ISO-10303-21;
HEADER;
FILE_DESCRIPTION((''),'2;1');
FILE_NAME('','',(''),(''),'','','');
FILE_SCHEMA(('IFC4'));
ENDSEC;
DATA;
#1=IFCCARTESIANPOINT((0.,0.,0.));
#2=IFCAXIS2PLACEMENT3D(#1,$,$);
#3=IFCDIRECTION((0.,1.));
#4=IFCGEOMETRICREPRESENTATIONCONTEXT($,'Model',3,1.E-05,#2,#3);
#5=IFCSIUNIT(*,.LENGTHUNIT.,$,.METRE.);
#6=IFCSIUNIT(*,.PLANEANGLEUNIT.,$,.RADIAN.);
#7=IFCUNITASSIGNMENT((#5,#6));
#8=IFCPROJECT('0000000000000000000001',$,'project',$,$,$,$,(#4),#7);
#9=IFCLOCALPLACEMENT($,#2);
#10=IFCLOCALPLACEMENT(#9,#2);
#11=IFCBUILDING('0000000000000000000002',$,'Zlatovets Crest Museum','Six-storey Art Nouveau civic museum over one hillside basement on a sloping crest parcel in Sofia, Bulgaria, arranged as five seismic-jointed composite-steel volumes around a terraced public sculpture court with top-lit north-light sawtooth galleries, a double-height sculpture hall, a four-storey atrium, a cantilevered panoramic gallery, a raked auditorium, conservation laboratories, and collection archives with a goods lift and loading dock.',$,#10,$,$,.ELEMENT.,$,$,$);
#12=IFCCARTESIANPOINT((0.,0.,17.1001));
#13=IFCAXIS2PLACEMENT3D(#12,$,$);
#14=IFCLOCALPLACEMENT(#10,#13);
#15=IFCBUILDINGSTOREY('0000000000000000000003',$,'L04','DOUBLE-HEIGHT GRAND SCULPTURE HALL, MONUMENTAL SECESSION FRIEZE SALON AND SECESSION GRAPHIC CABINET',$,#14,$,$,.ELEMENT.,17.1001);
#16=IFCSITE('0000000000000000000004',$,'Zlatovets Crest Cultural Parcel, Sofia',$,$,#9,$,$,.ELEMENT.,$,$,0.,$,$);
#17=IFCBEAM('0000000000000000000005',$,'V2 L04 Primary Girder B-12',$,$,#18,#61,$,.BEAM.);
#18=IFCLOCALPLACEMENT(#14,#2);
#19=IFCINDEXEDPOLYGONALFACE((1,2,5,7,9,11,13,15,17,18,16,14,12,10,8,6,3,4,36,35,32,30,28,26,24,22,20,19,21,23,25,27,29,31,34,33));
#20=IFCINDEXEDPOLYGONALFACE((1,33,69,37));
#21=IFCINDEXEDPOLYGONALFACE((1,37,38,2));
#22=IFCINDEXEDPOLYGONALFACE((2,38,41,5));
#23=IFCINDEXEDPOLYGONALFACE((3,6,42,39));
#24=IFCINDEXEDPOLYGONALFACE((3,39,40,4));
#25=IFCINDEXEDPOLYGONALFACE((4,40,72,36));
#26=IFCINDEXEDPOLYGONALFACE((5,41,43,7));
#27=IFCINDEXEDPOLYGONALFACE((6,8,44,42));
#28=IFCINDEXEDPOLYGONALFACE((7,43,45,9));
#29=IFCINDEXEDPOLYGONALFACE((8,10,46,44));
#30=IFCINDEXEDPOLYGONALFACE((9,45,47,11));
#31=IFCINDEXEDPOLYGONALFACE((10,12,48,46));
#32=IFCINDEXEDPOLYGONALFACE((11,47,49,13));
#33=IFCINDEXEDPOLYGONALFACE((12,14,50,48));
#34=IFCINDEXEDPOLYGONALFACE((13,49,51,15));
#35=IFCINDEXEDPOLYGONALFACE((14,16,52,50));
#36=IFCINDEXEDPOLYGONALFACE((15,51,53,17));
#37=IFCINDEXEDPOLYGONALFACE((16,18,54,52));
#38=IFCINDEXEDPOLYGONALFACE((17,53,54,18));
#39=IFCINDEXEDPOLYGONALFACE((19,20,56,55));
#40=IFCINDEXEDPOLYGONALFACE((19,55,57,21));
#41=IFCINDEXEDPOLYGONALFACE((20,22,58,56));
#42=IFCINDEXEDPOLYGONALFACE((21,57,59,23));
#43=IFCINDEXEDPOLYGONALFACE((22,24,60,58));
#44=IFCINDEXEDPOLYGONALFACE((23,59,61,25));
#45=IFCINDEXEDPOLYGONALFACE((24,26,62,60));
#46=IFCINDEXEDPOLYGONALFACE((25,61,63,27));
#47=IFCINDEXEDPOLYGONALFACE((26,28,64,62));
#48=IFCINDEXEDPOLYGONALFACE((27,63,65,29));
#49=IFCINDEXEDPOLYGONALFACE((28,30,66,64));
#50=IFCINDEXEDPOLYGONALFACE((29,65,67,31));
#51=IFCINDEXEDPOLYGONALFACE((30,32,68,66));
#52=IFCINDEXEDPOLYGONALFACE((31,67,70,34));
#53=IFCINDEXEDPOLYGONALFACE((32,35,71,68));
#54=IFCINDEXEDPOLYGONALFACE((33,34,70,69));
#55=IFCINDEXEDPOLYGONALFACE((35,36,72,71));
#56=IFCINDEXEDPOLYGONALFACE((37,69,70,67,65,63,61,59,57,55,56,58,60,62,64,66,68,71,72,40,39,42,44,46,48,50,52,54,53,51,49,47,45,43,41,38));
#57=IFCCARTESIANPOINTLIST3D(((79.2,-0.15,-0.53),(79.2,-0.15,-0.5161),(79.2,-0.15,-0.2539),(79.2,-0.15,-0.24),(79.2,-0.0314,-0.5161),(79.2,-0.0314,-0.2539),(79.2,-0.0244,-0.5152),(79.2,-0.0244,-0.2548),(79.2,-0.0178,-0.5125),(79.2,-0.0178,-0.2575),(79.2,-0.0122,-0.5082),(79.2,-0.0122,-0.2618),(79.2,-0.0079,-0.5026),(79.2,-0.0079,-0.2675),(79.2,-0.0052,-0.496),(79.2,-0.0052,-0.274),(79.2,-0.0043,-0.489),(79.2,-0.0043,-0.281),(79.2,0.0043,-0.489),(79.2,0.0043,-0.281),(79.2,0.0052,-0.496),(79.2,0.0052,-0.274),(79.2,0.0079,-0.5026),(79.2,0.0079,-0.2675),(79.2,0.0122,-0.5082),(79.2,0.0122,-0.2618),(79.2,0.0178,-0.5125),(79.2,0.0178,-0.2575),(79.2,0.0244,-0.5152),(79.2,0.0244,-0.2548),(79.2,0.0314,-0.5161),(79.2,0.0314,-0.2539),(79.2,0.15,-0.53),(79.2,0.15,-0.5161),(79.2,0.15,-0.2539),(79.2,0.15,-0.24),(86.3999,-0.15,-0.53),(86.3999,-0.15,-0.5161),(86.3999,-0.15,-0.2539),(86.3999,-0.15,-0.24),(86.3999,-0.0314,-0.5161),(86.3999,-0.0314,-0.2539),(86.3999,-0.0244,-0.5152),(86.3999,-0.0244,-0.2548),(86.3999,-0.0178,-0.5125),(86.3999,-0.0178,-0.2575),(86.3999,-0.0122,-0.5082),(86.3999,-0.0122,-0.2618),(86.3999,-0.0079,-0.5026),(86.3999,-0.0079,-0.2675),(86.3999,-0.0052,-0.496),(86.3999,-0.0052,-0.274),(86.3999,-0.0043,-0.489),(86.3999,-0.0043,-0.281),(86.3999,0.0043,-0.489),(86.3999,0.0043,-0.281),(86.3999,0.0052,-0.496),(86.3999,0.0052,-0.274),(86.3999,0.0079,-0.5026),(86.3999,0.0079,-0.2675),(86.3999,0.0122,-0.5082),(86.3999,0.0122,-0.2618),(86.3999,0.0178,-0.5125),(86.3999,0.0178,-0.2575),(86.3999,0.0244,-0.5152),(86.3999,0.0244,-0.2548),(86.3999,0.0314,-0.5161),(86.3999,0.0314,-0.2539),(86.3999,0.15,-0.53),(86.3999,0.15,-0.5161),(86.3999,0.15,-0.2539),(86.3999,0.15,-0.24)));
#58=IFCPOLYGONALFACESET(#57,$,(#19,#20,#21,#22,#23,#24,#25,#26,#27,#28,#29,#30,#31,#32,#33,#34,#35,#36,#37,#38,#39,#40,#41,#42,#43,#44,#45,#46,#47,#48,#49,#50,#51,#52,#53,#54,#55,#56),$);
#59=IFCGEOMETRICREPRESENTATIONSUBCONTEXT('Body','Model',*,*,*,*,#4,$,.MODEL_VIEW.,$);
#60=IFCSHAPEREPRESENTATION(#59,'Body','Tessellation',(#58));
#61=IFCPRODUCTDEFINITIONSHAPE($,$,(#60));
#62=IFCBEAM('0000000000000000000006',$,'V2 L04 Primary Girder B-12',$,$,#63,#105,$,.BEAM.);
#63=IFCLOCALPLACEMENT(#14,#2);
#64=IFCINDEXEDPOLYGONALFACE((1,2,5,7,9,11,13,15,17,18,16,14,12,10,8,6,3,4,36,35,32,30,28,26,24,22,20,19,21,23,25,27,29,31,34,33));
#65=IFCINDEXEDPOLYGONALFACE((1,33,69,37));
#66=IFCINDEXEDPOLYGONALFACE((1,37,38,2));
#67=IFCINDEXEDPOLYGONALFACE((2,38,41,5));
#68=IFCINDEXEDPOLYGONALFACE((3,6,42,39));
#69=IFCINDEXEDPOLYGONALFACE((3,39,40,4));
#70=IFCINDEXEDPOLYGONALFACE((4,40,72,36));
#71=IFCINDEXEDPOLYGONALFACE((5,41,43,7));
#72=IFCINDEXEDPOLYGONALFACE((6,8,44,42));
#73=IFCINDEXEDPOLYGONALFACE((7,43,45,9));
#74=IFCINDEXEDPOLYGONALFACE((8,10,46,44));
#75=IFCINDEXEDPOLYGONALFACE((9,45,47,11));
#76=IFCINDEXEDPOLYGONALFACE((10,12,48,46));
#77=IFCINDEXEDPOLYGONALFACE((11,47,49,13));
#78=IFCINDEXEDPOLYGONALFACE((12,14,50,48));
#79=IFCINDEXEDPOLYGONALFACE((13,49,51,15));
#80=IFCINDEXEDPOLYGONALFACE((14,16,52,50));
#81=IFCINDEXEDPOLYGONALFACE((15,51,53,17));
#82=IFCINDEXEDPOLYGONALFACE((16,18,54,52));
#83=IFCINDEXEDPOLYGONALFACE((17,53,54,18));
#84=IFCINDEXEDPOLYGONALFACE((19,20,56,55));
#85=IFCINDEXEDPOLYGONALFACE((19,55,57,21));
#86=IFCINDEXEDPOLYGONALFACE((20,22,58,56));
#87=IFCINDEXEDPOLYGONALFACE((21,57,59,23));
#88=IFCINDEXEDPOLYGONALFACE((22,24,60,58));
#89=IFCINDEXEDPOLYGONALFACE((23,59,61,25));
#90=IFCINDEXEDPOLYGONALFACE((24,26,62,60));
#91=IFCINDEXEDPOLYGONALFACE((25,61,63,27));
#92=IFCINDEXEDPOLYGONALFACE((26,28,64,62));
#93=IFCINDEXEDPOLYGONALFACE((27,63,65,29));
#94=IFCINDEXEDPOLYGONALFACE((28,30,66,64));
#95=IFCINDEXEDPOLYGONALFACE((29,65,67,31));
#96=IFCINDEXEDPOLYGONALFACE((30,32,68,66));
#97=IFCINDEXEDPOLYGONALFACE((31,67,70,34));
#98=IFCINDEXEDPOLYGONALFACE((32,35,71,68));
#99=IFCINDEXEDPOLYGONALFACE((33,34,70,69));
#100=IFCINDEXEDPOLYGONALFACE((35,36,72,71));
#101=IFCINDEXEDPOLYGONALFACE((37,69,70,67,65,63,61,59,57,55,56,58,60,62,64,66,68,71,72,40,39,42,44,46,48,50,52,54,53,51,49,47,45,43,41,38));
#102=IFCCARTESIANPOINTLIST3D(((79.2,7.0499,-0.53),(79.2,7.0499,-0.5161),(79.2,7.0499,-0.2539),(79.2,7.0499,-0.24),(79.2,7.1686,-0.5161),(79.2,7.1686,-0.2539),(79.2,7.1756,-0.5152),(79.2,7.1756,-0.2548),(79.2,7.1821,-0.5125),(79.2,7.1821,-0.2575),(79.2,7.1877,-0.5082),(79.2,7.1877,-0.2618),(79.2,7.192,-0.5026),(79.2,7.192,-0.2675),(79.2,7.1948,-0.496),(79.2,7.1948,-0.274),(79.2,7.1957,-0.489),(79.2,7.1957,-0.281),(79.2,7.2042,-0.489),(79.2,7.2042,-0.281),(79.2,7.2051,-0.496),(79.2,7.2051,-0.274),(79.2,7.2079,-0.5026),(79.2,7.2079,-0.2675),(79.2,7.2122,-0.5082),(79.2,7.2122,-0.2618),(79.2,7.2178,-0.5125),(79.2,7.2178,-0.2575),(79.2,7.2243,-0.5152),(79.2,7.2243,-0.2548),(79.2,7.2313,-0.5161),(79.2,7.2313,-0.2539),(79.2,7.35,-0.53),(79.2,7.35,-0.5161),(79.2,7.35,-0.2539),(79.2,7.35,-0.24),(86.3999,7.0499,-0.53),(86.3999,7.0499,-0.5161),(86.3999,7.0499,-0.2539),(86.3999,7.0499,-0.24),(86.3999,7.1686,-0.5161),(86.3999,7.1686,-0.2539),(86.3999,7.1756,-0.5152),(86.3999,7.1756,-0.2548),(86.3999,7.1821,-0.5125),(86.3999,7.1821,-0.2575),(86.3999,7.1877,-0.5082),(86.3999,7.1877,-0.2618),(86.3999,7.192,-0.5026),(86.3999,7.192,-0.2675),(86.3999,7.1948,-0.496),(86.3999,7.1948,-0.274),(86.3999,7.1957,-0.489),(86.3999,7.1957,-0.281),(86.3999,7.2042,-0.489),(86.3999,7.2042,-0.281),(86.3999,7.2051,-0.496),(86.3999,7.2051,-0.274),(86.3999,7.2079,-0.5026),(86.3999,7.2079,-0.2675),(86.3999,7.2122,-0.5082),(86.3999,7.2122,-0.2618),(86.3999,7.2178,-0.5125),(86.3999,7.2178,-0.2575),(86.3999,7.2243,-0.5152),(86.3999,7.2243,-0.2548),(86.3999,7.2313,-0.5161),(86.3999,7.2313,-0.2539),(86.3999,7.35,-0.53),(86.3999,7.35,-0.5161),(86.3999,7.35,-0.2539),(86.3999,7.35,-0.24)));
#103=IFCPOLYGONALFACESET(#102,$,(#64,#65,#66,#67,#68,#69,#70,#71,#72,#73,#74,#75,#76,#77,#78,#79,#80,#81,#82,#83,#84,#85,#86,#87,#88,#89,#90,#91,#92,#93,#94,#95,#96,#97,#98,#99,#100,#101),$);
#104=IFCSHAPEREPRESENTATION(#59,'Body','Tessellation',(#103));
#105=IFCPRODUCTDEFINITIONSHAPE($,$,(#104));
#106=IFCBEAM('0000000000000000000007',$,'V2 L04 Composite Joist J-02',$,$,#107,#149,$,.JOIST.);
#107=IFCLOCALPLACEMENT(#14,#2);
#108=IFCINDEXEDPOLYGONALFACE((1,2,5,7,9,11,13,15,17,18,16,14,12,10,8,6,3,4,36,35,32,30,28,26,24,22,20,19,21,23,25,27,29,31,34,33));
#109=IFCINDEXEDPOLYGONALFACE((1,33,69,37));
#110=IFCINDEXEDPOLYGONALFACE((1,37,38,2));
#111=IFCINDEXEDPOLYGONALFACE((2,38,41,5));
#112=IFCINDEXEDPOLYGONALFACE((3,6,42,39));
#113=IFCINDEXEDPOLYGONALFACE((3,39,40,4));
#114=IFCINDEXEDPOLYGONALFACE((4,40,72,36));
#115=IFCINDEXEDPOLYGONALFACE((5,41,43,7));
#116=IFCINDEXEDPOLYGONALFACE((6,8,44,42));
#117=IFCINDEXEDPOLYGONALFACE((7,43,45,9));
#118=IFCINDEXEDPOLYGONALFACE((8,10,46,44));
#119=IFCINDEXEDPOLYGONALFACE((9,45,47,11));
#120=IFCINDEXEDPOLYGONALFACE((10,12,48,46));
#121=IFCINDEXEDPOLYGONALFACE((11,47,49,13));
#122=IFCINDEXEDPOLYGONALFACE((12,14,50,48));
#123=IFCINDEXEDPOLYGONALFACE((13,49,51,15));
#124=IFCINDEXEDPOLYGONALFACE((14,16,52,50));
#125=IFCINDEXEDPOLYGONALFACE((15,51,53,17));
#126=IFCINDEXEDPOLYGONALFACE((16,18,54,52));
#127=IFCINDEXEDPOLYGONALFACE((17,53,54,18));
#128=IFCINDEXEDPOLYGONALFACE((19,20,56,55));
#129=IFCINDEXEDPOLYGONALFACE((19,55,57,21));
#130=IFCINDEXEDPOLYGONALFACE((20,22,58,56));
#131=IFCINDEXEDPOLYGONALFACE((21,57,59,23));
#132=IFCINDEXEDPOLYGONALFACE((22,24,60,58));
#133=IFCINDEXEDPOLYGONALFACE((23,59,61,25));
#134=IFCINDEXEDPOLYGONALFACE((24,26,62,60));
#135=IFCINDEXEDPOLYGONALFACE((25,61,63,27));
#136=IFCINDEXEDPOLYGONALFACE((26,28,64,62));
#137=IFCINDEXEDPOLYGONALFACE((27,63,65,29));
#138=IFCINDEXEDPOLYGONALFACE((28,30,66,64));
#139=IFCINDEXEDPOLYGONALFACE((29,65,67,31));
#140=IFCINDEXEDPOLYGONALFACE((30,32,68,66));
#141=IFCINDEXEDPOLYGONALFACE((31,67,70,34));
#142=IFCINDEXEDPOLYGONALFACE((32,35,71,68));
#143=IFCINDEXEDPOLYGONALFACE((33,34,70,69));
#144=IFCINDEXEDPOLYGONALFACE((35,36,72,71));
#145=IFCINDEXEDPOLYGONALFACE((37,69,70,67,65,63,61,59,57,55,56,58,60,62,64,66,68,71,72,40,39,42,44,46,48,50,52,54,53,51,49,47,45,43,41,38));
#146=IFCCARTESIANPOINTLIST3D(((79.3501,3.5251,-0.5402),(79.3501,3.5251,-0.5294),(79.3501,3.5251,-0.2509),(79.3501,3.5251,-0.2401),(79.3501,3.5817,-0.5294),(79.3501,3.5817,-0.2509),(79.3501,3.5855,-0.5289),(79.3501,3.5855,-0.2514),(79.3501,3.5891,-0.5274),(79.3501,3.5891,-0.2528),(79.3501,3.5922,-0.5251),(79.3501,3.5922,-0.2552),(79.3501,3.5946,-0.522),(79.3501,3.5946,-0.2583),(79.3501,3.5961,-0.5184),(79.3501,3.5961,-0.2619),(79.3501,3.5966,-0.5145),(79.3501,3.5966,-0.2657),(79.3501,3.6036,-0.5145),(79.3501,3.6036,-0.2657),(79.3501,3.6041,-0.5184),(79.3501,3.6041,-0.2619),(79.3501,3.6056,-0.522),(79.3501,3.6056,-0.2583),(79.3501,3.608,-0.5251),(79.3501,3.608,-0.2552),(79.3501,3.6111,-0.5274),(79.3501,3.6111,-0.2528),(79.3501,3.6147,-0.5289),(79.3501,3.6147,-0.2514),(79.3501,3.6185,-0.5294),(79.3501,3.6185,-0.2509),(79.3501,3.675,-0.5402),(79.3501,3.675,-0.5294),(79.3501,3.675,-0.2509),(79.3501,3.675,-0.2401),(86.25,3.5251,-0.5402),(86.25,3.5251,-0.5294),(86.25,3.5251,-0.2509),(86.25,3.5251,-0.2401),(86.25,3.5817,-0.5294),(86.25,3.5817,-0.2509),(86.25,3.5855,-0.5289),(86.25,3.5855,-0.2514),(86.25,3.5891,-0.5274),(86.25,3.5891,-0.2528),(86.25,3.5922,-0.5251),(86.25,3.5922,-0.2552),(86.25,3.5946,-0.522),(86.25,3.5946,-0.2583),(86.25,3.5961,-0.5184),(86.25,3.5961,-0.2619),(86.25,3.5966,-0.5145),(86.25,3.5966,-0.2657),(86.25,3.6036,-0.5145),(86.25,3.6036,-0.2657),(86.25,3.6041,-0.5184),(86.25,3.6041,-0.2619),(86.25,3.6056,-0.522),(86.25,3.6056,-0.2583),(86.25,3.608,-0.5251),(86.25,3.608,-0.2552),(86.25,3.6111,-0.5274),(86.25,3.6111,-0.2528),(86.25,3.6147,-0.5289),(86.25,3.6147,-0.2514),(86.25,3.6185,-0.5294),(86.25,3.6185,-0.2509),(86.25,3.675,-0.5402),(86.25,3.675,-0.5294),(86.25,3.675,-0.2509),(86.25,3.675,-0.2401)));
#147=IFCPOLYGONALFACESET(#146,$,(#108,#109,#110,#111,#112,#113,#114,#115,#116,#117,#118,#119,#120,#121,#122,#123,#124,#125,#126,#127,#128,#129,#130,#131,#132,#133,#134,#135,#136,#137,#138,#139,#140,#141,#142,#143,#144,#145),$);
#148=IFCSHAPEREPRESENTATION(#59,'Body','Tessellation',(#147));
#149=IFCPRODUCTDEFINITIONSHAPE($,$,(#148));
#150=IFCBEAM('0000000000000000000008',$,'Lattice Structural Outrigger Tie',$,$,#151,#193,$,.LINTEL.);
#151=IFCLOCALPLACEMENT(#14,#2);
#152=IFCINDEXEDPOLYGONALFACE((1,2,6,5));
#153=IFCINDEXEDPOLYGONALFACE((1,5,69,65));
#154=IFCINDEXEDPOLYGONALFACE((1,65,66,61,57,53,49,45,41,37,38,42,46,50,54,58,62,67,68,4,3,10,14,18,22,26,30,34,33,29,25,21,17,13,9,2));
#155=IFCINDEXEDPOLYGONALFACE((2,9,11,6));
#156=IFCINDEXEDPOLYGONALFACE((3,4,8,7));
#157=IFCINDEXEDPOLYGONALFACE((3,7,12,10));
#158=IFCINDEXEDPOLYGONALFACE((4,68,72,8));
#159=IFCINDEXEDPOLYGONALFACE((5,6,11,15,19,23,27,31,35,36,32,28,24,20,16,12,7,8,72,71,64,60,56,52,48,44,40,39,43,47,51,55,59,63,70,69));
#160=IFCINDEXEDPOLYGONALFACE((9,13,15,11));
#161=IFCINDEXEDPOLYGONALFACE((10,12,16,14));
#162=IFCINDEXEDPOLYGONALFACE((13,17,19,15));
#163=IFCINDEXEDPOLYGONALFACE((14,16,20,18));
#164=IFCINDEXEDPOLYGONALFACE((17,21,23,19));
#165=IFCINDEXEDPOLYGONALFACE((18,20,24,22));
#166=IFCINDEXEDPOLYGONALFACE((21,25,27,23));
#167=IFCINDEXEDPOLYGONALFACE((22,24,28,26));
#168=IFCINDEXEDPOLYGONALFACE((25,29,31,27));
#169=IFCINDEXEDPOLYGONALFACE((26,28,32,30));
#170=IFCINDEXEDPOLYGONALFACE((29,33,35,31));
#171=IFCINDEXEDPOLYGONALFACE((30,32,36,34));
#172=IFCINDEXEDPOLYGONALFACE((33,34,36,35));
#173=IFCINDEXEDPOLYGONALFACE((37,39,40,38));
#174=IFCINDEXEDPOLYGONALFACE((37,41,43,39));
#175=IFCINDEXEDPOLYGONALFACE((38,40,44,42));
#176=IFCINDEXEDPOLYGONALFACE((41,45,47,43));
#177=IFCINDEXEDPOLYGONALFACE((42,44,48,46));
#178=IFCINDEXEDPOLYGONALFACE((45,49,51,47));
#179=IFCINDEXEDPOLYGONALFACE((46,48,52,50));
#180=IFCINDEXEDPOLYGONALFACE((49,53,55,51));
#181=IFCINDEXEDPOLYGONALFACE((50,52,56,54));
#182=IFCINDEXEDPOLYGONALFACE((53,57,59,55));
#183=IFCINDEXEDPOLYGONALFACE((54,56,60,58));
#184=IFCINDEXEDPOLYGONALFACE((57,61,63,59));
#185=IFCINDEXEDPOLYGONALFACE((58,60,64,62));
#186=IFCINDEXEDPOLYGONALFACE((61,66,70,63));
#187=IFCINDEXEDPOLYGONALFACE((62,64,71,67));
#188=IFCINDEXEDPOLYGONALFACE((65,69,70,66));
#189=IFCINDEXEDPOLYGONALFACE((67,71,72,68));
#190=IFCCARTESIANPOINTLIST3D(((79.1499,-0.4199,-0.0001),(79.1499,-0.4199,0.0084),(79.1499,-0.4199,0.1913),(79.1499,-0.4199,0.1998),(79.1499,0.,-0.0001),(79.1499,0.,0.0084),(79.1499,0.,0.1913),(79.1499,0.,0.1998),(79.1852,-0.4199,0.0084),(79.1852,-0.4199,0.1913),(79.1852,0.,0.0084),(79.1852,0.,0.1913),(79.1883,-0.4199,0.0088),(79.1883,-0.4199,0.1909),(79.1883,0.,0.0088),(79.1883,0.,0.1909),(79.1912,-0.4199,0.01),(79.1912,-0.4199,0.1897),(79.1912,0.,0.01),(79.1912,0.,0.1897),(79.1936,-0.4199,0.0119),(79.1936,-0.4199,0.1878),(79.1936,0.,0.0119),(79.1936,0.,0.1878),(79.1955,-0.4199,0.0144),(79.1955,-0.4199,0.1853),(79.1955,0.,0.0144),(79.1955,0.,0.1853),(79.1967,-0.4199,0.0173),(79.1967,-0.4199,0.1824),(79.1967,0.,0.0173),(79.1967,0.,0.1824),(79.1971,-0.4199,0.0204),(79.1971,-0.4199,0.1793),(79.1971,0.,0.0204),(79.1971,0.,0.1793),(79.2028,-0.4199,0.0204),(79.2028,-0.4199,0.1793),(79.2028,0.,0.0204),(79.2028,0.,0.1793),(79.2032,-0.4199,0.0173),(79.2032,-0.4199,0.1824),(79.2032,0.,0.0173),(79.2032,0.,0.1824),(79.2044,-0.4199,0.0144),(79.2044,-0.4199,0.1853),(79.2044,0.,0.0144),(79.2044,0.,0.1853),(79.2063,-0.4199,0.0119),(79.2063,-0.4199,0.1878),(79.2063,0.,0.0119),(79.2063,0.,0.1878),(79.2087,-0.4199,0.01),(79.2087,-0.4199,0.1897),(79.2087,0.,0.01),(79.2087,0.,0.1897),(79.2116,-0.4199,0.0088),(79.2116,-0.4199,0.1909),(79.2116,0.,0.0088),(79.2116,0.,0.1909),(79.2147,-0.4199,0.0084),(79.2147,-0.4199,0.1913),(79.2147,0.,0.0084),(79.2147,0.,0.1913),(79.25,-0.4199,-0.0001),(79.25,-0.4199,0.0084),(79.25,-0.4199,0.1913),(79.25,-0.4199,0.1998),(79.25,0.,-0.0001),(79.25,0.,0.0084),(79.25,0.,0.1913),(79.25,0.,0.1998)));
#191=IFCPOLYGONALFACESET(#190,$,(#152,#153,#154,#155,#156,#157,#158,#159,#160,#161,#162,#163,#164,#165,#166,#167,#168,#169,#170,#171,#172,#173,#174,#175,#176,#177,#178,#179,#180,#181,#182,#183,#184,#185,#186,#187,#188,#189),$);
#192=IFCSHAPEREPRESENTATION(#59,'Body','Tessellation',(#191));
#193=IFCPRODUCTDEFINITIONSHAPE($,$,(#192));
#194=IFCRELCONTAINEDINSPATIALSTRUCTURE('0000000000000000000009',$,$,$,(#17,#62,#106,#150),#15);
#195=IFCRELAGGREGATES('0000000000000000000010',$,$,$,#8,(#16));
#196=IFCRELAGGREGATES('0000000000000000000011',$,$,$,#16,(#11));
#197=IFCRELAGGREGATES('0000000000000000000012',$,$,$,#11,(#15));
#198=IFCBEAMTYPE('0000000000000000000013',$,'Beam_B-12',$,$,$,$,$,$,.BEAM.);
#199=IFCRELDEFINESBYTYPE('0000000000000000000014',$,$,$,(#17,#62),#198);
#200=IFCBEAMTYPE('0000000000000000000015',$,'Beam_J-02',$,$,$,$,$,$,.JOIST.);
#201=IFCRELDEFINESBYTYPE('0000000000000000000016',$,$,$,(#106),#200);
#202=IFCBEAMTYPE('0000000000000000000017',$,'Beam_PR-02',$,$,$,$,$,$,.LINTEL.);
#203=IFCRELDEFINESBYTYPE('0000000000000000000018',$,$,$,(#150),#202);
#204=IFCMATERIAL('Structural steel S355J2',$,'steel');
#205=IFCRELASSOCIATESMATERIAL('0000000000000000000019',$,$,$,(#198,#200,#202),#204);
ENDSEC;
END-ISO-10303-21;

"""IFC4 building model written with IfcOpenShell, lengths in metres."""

from ifc_helpers import new_model, si_unit, direction, frame, origin, origin_2d, place, context, subcontext, project, spatial, i_section, extrude, material, material_profile, profile_set, type_object, element, save


model = new_model("IFC4")

# Units and contexts
model_context = context("Model", 3, precision=1e-05, world=origin(), true_north=direction((0.0, 1.0)))
body_context = subcontext(model_context, "Body", "Model", "MODEL_VIEW")
ifc_project = project(units=[si_unit("LENGTHUNIT", "METRE"), si_unit("PLANEANGLEUNIT", "RADIAN")], contexts=[model_context])

# Site, building, storey
site_placement = place(None, origin())
site = spatial("IfcSite", under=ifc_project, at=site_placement, Name="Zlatovets Crest Cultural Parcel, Sofia", CompositionType="ELEMENT", RefElevation=0.0)
building_placement = place(site_placement, origin())
building = spatial("IfcBuilding", under=site, at=building_placement, Name="Zlatovets Crest Museum", Description="Six-storey Art Nouveau civic museum over one hillside basement on a sloping crest parcel in Sofia, Bulgaria, arranged as five seismic-jointed composite-steel volumes around a terraced public sculpture court with top-lit north-light sawtooth galleries, a double-height sculpture hall, a four-storey atrium, a cantilevered panoramic gallery, a raked auditorium, conservation laboratories, and collection archives with a goods lift and loading dock.", CompositionType="ELEMENT")
storey_placement = place(building_placement, frame((0.0, 0.0, 17.1001)))
storey = spatial("IfcBuildingStorey", under=building, at=storey_placement, Name="L04", Description="DOUBLE-HEIGHT GRAND SCULPTURE HALL, MONUMENTAL SECESSION FRIEZE SALON AND SECESSION GRAPHIC CABINET", CompositionType="ELEMENT", Elevation=17.1001)

# Shared definitions
ifc_material_1 = material(Name="Structural steel S355J2", Category="steel")

# Beams
ifc_material_profile_1 = material_profile(ifc_material_1, i_section(OverallWidth=0.3, OverallDepth=0.29, WebThickness=0.0085, FlangeThickness=0.0139, FilletRadius=0.0271, at=origin_2d()), Name="HEA 300")
ifc_profile_set_1 = profile_set([ifc_material_profile_1], Name="Structural steel S355J2")
beam_type_1 = type_object("IfcBeamType", Name="Beam_B-12", PredefinedType="BEAM", material=ifc_profile_set_1)
for number, where, z_axis, x_axis, name in (
    (1, (79.2, 0.0, -0.385), (1.0, 0.0, 0.0), (0.0, 1.0, 0.0), "V2 L04 Primary Girder B-12"),
    (2, (79.2, 7.2, -0.385), (1.0, 0.0, 0.0), (0.0, 1.0, 0.0), "V2 L04 Primary Girder B-12"),
):
    element("IfcBeam", number, at=place(storey_placement, frame(where, z_axis=z_axis, x_axis=x_axis)), inside=storey, type_object=beam_type_1, Name=name, PredefinedType="BEAM", context=body_context, shape_type="SweptSolid", body=[
        extrude(i_section(OverallWidth=0.3, OverallDepth=0.29, WebThickness=0.0085, FlangeThickness=0.0139, FilletRadius=0.0271, at=origin_2d()), origin(), (0.0, 0.0, 1.0), 7.2),
    ])
ifc_material_profile_2 = material_profile(ifc_material_1, i_section(OverallWidth=0.1499, OverallDepth=0.3, WebThickness=0.0071, FlangeThickness=0.0107, FilletRadius=0.0149, at=origin_2d()), Name="IPE 300")
ifc_profile_set_2 = profile_set([ifc_material_profile_2], Name="Structural steel S355J2")
beam_type_2 = type_object("IfcBeamType", Name="Beam_J-02", PredefinedType="JOIST", material=ifc_profile_set_2)
beam_1_placement = place(storey_placement, frame((79.3501, 3.6001, -0.3901), z_axis=(1.0, 0.0, 0.0), x_axis=(0.0, 1.0, 0.0)))
element("IfcBeam", 3, at=beam_1_placement, inside=storey, type_object=beam_type_2, Name="V2 L04 Composite Joist J-02", PredefinedType="JOIST", context=body_context, shape_type="SweptSolid", body=[
    extrude(i_section(OverallWidth=0.1499, OverallDepth=0.3, WebThickness=0.0071, FlangeThickness=0.0107, FilletRadius=0.0149, at=origin_2d()), origin(), (0.0, 0.0, 1.0), 6.8999),
])
ifc_material_profile_3 = material_profile(ifc_material_1, i_section(OverallWidth=0.1001, OverallDepth=0.2, WebThickness=0.0056, FlangeThickness=0.0085, FilletRadius=0.012, at=origin_2d()), Name="IPE 200")
ifc_profile_set_3 = profile_set([ifc_material_profile_3], Name="Structural steel S355J2")
beam_type_3 = type_object("IfcBeamType", Name="Beam_PR-02", PredefinedType="LINTEL", material=ifc_profile_set_3)
for number, where, z_axis, x_axis, name in (
    (4, (79.2, 0.0, 0.0999), (0.0, -1.0, 0.0), (1.0, 0.0, 0.0), "Lattice Structural Outrigger Tie"),
):
    element("IfcBeam", number, at=place(storey_placement, frame(where, z_axis=z_axis, x_axis=x_axis)), inside=storey, type_object=beam_type_3, Name=name, PredefinedType="LINTEL", context=body_context, shape_type="SweptSolid", body=[
        extrude(i_section(OverallWidth=0.1001, OverallDepth=0.2, WebThickness=0.0056, FlangeThickness=0.0085, FilletRadius=0.012, at=origin_2d()), origin(), (0.0, 0.0, 1.0), 0.4199),
    ])

save(model, "model.ifc")
